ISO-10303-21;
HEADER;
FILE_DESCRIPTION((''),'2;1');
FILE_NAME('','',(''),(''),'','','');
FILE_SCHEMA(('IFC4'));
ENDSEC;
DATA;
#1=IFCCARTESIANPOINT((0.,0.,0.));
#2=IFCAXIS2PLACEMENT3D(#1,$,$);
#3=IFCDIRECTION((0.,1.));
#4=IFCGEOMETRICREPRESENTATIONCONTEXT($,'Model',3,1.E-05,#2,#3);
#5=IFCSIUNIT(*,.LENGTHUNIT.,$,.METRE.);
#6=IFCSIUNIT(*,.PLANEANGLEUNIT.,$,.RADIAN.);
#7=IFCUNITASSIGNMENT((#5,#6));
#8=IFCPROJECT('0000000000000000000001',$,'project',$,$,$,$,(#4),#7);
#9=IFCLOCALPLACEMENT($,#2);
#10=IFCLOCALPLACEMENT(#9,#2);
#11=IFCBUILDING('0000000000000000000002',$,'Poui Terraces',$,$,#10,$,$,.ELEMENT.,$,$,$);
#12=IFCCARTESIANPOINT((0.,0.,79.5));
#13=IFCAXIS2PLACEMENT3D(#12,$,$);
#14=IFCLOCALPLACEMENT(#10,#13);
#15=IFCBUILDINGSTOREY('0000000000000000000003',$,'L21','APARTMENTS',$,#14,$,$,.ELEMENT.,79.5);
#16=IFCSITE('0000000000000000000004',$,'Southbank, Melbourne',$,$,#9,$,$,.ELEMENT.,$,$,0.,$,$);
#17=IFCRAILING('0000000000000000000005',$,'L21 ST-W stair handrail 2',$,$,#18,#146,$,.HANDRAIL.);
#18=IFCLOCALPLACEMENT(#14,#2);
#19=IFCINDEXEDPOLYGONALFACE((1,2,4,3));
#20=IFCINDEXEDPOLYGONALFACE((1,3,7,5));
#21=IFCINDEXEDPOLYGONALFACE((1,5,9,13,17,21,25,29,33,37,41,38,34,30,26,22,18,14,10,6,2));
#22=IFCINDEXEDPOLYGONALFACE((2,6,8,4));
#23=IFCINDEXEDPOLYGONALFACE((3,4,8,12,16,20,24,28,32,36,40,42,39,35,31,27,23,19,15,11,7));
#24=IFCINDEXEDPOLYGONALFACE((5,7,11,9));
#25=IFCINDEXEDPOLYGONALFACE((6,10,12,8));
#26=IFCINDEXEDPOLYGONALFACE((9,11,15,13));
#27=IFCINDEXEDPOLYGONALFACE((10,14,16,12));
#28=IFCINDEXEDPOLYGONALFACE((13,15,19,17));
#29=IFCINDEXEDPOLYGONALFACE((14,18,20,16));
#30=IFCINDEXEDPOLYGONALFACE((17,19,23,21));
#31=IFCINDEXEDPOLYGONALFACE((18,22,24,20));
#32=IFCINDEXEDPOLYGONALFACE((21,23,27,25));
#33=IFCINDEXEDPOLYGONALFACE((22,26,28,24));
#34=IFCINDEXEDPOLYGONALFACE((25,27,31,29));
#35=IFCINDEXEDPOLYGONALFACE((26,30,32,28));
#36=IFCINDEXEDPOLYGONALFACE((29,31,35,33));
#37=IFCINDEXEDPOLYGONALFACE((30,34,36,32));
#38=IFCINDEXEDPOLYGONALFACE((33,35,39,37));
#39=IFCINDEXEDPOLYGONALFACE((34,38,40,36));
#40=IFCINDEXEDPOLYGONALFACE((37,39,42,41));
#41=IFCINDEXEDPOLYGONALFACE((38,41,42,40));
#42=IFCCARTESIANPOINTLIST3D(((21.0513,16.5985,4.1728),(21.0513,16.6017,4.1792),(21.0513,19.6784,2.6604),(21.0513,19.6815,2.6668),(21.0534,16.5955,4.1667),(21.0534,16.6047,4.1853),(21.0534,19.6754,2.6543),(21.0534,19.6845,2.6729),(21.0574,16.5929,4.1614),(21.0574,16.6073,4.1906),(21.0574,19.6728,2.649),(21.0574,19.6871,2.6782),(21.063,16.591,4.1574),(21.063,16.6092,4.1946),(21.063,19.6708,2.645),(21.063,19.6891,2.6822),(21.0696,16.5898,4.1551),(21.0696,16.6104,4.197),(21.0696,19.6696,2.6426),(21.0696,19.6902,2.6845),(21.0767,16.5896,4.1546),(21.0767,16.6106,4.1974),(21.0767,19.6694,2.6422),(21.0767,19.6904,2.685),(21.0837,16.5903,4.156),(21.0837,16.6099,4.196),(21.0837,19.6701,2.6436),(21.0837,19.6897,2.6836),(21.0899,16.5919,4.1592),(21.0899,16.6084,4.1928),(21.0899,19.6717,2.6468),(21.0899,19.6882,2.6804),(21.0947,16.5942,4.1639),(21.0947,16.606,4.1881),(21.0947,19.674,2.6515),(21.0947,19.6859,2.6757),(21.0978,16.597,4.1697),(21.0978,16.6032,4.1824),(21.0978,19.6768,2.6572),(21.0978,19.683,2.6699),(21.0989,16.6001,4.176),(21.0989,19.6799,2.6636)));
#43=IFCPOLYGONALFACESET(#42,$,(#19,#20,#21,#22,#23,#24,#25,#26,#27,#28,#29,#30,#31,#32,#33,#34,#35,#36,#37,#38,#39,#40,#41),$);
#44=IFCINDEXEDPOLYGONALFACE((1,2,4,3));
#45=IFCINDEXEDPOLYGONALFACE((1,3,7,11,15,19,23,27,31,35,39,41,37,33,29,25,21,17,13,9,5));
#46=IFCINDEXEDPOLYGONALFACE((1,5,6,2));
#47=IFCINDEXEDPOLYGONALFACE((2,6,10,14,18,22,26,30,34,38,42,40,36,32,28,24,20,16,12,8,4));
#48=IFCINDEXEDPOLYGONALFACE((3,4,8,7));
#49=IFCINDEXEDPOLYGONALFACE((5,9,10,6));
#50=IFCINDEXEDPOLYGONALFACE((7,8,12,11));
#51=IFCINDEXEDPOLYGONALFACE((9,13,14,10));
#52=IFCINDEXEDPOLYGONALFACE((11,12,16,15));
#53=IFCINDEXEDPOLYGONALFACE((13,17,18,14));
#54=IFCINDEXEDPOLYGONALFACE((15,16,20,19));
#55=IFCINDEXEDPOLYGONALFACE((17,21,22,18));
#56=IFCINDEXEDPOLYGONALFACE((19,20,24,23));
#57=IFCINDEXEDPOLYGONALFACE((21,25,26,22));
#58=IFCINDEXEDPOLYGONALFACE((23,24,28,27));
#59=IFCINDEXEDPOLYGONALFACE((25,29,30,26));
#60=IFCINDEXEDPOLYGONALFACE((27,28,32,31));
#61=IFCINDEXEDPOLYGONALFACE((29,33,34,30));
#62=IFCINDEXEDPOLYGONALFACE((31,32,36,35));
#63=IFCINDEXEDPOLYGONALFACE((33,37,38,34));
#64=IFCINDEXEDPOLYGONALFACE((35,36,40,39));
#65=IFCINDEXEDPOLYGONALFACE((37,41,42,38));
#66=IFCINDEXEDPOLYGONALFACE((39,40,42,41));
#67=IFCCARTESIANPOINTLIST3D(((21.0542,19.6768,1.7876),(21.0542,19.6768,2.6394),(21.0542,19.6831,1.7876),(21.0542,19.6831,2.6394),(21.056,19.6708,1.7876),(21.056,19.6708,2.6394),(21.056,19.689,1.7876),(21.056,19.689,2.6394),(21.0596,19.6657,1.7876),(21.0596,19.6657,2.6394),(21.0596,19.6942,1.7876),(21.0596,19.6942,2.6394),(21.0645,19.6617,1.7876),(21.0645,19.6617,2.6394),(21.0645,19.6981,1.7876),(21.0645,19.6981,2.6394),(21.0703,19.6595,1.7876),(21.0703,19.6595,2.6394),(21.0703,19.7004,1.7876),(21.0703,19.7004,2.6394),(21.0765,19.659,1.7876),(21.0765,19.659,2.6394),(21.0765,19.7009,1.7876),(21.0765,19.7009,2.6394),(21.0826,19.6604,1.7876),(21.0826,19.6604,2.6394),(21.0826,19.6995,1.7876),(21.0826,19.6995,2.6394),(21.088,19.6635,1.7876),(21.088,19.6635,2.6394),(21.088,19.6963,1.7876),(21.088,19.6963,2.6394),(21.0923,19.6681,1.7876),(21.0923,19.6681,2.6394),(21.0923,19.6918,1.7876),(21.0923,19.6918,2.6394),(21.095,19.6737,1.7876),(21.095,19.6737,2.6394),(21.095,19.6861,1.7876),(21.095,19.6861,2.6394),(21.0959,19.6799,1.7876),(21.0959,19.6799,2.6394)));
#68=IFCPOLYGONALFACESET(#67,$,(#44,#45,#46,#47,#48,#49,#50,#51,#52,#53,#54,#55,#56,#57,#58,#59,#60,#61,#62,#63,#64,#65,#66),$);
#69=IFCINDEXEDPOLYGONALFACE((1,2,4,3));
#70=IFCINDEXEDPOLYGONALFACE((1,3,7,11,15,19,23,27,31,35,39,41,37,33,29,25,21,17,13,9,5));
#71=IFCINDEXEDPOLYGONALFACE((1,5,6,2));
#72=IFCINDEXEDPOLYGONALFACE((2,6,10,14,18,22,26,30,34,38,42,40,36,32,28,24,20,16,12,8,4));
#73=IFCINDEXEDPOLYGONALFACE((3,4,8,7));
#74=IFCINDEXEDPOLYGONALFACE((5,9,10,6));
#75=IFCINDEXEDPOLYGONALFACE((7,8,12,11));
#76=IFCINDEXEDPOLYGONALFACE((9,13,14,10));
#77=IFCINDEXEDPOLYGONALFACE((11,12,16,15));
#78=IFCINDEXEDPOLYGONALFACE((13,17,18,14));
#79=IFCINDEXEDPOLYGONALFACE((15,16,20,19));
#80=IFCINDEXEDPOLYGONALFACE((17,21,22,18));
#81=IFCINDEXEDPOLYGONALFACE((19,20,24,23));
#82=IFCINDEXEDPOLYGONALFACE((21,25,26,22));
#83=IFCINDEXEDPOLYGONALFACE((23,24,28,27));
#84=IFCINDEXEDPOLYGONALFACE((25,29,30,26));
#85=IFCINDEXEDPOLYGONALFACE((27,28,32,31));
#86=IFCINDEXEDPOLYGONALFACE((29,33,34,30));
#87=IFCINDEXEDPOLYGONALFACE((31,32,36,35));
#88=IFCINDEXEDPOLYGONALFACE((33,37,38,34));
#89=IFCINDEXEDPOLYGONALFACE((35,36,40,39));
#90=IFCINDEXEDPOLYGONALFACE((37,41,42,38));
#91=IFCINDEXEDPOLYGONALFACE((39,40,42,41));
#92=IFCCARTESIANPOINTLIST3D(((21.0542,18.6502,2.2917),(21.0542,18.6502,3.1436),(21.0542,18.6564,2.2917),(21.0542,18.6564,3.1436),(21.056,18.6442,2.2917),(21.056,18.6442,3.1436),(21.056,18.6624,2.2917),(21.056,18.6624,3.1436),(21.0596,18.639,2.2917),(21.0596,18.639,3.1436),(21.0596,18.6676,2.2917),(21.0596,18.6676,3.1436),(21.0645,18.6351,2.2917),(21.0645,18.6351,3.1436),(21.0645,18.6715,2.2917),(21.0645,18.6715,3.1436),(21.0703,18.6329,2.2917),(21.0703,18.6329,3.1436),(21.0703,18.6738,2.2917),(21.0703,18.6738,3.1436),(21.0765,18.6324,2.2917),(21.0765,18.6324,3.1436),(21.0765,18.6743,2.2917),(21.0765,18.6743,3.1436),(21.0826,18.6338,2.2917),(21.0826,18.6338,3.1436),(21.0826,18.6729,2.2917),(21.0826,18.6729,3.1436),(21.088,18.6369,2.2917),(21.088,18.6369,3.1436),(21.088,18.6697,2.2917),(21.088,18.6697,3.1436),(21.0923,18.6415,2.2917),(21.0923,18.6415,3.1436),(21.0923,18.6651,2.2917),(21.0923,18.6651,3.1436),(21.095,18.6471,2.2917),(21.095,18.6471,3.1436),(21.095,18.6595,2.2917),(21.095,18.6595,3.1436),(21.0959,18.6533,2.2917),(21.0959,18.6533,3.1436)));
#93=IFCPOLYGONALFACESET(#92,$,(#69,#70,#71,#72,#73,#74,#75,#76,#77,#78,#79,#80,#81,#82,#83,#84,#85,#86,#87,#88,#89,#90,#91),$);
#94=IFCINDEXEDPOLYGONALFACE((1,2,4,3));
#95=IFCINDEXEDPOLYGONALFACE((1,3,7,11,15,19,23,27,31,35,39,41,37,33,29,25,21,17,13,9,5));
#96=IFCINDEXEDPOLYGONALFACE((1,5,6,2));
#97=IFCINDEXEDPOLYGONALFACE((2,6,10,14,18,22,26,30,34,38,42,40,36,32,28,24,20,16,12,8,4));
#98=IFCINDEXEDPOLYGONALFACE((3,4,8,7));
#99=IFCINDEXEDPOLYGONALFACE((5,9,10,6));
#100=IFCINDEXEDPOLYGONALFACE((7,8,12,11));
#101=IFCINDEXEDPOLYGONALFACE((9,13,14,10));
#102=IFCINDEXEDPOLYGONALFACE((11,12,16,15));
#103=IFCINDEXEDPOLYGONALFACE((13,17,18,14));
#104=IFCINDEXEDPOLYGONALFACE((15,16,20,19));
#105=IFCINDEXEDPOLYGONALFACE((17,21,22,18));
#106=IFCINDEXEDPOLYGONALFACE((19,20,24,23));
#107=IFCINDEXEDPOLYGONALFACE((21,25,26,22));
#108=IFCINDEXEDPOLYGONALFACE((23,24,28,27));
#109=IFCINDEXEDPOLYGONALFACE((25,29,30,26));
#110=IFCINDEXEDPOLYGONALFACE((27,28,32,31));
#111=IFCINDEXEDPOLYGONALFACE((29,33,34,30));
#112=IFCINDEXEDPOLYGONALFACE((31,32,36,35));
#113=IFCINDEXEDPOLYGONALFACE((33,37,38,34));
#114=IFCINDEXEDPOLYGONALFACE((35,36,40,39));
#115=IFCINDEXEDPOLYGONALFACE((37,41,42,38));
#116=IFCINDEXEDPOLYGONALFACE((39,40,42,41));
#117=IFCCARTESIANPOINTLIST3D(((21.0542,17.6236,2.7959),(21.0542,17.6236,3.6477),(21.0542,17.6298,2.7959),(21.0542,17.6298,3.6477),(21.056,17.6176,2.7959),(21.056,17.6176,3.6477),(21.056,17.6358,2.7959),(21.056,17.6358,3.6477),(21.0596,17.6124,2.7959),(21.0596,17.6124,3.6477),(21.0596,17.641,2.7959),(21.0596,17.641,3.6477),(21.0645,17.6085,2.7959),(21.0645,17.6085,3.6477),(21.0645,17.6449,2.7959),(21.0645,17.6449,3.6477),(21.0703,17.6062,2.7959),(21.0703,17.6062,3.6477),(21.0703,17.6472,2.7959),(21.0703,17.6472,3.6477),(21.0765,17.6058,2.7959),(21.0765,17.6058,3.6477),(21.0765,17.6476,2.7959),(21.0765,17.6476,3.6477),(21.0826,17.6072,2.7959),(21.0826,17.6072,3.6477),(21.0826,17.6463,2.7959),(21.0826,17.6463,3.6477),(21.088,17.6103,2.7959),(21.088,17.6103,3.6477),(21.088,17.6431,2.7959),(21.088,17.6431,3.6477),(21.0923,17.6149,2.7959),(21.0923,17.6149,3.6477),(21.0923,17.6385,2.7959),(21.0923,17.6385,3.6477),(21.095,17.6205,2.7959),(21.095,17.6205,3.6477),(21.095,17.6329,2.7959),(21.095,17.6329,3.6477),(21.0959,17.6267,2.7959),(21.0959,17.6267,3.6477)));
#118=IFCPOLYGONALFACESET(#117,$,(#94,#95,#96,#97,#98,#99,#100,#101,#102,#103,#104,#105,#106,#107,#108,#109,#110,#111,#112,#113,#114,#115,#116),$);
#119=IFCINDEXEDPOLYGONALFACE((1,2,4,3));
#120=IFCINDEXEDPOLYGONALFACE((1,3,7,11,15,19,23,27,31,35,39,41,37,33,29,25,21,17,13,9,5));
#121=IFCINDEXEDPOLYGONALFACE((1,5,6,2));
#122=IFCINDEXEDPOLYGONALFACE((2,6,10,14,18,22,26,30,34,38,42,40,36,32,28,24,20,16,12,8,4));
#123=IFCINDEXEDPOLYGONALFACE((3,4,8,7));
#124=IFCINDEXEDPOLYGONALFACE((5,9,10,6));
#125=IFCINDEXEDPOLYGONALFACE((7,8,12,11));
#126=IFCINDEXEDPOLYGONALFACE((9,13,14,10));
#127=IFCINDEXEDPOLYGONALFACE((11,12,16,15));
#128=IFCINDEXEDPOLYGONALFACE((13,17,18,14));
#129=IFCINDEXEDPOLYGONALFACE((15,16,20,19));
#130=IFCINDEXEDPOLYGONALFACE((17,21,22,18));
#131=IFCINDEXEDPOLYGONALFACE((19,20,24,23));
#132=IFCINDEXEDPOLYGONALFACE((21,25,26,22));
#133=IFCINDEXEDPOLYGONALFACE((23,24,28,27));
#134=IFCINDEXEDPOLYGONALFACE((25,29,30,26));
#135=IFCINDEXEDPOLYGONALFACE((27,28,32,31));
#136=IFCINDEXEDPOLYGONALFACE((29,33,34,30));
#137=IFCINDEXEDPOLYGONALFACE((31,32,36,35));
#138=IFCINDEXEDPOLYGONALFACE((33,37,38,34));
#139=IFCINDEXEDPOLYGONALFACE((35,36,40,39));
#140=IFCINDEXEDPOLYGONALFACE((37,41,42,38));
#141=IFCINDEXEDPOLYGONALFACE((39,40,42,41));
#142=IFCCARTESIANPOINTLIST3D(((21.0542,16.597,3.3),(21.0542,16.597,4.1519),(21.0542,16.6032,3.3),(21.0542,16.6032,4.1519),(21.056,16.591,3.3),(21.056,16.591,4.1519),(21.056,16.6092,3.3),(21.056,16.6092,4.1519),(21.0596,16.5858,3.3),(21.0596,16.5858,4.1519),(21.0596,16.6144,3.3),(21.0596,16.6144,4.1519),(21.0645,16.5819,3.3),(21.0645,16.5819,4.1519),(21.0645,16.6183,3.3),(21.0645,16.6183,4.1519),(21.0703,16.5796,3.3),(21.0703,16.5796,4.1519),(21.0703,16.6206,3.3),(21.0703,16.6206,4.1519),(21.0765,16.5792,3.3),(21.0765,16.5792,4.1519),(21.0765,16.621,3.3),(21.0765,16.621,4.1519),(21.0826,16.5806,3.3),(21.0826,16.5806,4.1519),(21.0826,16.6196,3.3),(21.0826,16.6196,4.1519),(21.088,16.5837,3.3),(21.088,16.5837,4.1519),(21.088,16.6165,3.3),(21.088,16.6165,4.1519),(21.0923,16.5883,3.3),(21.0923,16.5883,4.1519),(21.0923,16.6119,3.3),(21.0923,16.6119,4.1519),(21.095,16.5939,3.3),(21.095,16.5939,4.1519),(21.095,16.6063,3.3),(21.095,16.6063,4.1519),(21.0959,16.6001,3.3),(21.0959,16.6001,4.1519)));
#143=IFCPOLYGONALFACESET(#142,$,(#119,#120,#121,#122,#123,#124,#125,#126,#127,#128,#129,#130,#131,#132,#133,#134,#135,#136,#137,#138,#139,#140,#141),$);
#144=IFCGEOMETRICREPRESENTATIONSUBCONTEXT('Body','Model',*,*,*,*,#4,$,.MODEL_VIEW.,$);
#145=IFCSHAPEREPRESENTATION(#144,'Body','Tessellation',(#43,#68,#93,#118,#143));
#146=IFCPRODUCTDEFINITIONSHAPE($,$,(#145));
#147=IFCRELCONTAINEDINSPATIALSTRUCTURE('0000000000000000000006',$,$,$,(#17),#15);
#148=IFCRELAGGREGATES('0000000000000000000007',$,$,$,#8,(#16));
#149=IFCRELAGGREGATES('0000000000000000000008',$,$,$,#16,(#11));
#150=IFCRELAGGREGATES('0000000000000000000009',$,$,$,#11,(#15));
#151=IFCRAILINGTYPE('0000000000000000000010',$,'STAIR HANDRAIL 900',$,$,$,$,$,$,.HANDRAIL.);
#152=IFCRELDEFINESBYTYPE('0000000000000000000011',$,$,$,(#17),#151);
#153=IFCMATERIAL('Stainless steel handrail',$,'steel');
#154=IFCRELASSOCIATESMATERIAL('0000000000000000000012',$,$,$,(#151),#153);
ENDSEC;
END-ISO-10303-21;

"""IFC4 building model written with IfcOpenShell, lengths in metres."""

from ifc_helpers import new_model, si_unit, direction, frame, origin, origin_2d, place, context, subcontext, project, spatial, circle, extrude, material, type_object, element, save


model = new_model("IFC4")

# Units and contexts
model_context = context("Model", 3, precision=1e-05, world=origin(), true_north=direction((0.0, 1.0)))
body_context = subcontext(model_context, "Body", "Model", "MODEL_VIEW")
ifc_project = project(units=[si_unit("LENGTHUNIT", "METRE"), si_unit("PLANEANGLEUNIT", "RADIAN")], contexts=[model_context])

# Site, building, storey
site_placement = place(None, origin())
site = spatial("IfcSite", under=ifc_project, at=site_placement, Name="Southbank, Melbourne", CompositionType="ELEMENT", RefElevation=0.0)
building_placement = place(site_placement, origin())
building = spatial("IfcBuilding", under=site, at=building_placement, Name="Poui Terraces", CompositionType="ELEMENT")
storey_placement = place(building_placement, frame((0.0, 0.0, 79.5)))
storey = spatial("IfcBuildingStorey", under=building, at=storey_placement, Name="L21", Description="APARTMENTS", CompositionType="ELEMENT", Elevation=79.5)

# Railing
ifc_material_1 = material(Name="Stainless steel handrail", Category="steel")
railing_type_1 = type_object("IfcRailingType", Name="STAIR HANDRAIL 900", PredefinedType="HANDRAIL", material=ifc_material_1)
railing_1_placement = place(storey_placement, frame((21.075, 19.6799, 1.7876)))
element("IfcRailing", 1, at=railing_1_placement, inside=storey, type_object=railing_type_1, Name="L21 ST-W stair handrail 2", PredefinedType="HANDRAIL", context=body_context, shape_type="SweptSolid", body=[
    extrude(circle(Radius=0.0239, at=origin_2d()), frame((0.0, 0.0, 0.876), z_axis=(0.0, -0.897606, 0.440798), x_axis=(1.0, 0.0, 0.0)), (0.0, 0.0, 1.0), 3.4312),
    extrude(circle(Radius=0.021, at=origin_2d()), origin(), (0.0, 0.0, 1.0), 0.8518),
    extrude(circle(Radius=0.021, at=origin_2d()), frame((0.0, -1.0266, 0.5042)), (0.0, 0.0, 1.0), 0.8518),
    extrude(circle(Radius=0.021, at=origin_2d()), frame((0.0, -2.0532, 1.0083)), (0.0, 0.0, 1.0), 0.8518),
    extrude(circle(Radius=0.021, at=origin_2d()), frame((0.0, -3.0798, 1.5125)), (0.0, 0.0, 1.0), 0.8518),
])

save(model, "model.ifc")
